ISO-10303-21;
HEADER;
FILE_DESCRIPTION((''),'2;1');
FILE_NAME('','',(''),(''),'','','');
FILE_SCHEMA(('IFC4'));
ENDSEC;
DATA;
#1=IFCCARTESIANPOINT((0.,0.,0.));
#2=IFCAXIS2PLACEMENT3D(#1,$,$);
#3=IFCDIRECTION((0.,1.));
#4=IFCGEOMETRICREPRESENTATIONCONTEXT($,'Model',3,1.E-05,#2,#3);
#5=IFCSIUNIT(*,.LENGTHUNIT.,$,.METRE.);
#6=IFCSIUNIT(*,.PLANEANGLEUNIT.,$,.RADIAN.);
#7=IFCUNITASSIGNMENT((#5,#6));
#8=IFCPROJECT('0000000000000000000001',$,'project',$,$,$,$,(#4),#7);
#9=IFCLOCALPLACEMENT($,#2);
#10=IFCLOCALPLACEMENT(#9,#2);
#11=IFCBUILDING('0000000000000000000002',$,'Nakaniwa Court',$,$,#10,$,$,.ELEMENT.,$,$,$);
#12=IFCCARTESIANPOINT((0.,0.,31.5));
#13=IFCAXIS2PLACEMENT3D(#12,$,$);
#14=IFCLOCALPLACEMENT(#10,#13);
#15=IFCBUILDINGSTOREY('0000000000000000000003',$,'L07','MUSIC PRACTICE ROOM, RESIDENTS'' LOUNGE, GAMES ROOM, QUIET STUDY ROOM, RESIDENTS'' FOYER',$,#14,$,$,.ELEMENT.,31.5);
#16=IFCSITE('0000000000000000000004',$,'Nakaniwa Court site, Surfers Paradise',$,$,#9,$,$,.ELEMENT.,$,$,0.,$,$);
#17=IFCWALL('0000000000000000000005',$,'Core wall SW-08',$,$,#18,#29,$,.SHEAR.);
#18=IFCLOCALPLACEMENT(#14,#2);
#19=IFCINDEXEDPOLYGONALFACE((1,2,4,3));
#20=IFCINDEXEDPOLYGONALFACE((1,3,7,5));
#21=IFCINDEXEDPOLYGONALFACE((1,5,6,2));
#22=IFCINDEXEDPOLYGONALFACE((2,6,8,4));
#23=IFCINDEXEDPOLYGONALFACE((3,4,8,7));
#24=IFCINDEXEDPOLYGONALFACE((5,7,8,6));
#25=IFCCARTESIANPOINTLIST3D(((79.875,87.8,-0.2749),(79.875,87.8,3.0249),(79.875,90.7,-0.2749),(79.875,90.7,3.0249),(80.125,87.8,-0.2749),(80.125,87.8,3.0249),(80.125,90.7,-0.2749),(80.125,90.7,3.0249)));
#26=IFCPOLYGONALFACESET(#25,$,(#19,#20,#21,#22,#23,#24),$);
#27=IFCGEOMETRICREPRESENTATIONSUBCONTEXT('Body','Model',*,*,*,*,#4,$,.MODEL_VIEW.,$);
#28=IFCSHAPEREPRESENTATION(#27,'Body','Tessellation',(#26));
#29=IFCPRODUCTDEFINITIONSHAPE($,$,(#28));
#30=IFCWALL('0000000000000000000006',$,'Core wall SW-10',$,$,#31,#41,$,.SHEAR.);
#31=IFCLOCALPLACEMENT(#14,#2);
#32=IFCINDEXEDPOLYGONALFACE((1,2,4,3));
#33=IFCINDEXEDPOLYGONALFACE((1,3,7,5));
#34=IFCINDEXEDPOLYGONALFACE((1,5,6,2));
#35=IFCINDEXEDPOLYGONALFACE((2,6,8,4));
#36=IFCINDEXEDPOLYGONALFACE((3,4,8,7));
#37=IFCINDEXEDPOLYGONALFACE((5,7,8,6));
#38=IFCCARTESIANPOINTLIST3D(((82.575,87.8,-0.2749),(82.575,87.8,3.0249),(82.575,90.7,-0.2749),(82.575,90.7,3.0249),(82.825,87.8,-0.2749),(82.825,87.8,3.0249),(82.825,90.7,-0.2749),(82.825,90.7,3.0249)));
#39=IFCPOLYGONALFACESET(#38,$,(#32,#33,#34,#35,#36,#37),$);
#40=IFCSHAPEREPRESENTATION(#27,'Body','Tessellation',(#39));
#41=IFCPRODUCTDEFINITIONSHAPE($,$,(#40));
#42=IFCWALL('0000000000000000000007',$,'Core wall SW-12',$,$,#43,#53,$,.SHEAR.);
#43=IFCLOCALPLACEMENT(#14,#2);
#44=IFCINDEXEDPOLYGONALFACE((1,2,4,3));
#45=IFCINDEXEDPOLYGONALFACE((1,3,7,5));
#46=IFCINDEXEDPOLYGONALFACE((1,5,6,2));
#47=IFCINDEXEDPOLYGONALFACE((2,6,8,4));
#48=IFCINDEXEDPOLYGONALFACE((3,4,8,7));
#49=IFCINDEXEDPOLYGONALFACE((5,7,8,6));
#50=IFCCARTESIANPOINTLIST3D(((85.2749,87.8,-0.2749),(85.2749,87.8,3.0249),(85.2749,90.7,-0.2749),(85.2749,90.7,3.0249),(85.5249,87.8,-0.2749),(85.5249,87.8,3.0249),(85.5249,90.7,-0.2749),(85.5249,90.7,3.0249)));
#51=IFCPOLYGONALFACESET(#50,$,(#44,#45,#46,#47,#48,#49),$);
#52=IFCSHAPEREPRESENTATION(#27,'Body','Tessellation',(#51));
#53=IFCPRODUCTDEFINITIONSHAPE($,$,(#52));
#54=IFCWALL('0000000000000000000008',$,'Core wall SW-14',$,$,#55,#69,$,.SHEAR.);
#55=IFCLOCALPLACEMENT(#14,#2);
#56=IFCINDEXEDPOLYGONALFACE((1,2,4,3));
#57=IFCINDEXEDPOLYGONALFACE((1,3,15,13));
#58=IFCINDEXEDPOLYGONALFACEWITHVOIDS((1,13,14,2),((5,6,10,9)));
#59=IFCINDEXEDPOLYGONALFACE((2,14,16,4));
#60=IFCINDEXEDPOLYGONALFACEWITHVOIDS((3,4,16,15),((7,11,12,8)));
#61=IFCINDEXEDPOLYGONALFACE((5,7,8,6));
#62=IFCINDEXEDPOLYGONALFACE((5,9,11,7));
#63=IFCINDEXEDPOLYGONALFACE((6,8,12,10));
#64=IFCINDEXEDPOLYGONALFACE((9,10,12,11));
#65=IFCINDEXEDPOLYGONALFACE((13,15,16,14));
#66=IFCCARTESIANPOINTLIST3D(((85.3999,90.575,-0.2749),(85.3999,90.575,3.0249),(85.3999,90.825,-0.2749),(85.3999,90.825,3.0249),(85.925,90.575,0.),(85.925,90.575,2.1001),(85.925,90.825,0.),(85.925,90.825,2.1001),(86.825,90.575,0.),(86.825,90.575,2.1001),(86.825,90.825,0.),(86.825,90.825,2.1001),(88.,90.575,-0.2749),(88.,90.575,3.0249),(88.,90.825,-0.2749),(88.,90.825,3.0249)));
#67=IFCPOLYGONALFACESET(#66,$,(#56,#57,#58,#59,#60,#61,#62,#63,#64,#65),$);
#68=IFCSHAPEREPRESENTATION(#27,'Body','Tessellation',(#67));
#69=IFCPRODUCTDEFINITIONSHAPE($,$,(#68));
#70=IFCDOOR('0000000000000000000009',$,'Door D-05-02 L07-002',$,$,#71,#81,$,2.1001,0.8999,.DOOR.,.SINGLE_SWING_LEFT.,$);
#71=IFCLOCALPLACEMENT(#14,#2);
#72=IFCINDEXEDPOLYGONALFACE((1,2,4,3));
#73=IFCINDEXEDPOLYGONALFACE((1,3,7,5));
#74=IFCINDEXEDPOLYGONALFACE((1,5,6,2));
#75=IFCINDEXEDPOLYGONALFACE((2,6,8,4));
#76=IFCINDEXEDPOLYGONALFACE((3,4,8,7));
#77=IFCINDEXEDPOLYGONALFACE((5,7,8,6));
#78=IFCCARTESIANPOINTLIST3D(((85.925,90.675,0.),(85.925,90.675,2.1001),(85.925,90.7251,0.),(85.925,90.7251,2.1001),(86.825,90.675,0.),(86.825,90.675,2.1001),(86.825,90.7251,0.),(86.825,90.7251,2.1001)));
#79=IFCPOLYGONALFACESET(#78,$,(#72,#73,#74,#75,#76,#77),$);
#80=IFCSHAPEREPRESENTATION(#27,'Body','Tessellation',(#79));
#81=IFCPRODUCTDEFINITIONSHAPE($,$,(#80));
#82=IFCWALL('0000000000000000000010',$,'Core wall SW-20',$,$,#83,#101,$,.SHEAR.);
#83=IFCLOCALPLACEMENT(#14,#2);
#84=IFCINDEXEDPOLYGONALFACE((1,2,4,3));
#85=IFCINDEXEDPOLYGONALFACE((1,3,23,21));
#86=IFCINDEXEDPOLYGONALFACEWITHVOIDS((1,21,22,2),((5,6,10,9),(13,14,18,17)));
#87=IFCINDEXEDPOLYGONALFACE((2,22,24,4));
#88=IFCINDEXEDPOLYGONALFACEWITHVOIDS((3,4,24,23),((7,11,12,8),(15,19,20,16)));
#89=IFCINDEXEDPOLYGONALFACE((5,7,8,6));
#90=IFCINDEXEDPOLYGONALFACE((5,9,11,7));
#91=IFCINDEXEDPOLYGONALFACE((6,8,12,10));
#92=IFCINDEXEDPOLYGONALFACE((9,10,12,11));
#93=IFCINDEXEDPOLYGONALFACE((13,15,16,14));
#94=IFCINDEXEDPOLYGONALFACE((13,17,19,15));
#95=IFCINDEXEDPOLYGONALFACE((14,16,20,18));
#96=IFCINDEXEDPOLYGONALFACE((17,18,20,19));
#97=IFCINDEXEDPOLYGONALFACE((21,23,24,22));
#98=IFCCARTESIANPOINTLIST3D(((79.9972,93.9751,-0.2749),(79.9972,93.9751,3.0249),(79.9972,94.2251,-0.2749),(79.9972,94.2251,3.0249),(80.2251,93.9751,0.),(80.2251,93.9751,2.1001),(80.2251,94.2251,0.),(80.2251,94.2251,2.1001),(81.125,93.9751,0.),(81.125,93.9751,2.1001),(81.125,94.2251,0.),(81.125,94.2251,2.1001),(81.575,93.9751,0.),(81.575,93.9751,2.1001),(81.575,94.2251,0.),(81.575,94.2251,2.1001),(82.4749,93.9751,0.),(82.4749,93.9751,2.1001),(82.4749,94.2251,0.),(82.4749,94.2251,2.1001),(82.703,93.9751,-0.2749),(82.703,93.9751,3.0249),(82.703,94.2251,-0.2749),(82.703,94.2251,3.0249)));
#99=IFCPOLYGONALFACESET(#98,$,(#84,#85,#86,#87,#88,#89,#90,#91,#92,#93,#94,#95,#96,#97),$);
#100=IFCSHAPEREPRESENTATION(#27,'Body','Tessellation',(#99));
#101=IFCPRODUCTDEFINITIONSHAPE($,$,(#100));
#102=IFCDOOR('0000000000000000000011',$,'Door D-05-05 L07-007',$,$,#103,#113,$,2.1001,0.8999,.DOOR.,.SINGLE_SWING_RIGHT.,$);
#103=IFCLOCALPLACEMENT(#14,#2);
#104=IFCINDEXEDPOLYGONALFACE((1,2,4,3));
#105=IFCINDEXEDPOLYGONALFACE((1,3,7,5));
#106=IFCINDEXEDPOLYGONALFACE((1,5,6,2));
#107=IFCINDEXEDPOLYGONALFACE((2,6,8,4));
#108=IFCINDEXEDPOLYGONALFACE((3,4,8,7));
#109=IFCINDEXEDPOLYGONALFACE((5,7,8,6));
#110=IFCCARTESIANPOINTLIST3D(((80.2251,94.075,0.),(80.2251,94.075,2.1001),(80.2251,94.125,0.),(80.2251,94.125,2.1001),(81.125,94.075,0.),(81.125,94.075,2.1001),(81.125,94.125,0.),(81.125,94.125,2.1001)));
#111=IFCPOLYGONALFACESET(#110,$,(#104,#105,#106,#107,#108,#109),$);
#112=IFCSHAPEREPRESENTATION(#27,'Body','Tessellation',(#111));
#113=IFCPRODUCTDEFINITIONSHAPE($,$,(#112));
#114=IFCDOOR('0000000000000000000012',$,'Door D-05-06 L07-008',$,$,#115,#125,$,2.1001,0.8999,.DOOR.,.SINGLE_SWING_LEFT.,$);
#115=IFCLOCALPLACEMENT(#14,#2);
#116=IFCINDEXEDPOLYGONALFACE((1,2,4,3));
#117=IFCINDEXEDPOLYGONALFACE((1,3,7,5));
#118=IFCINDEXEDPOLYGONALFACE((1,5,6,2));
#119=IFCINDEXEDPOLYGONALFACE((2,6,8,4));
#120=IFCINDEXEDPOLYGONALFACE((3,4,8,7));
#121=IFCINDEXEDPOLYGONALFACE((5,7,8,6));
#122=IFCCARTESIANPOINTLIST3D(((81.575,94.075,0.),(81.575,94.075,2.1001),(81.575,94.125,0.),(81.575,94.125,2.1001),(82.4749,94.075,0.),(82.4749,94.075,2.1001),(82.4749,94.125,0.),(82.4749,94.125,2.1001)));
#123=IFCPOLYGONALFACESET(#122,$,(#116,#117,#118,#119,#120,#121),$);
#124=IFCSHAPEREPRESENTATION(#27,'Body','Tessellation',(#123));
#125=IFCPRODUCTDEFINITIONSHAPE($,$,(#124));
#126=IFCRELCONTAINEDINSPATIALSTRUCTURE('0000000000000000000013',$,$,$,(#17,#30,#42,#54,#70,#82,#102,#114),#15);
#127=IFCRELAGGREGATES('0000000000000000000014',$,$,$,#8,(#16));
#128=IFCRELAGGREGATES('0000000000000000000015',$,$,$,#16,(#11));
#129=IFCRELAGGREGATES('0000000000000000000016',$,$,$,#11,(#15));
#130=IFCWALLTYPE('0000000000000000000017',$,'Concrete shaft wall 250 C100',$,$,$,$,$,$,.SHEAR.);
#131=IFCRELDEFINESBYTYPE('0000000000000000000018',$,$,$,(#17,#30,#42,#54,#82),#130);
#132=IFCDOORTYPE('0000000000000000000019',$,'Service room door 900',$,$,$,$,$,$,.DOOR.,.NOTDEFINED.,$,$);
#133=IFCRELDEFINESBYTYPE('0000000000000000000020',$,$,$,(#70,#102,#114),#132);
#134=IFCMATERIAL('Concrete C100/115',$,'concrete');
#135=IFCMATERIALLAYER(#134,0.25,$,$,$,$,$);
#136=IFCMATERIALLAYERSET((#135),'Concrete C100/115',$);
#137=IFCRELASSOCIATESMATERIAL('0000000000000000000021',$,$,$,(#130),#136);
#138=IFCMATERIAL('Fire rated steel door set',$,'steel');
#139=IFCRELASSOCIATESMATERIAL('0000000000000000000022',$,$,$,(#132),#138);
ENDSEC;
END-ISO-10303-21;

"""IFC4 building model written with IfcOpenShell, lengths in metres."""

from ifc_helpers import new_model, si_unit, direction, frame, frame_2d, origin, place, context, subcontext, project, spatial, rectangle, extrude, material, layer, layer_set, type_object, element, fill, save


model = new_model("IFC4")

# Units and contexts
model_context = context("Model", 3, precision=1e-05, world=origin(), true_north=direction((0.0, 1.0)))
body_context = subcontext(model_context, "Body", "Model", "MODEL_VIEW")
ifc_project = project(units=[si_unit("LENGTHUNIT", "METRE"), si_unit("PLANEANGLEUNIT", "RADIAN")], contexts=[model_context])

# Site, building, storey
site_placement = place(None, origin())
site = spatial("IfcSite", under=ifc_project, at=site_placement, Name="Nakaniwa Court site, Surfers Paradise", CompositionType="ELEMENT", RefElevation=0.0)
building_placement = place(site_placement, origin())
building = spatial("IfcBuilding", under=site, at=building_placement, Name="Nakaniwa Court", CompositionType="ELEMENT")
storey_placement = place(building_placement, frame((0.0, 0.0, 31.5)))
storey = spatial("IfcBuildingStorey", under=building, at=storey_placement, Name="L07", Description="MUSIC PRACTICE ROOM, RESIDENTS' LOUNGE, GAMES ROOM, QUIET STUDY ROOM, RESIDENTS' FOYER", CompositionType="ELEMENT", Elevation=31.5)

# Shared definitions
ifc_material_1 = material(Name="Concrete C100/115", Category="concrete")

# Walls
ifc_layer_1 = layer(ifc_material_1, 0.25)
ifc_layer_set_1 = layer_set([ifc_layer_1], Name="Concrete C100/115")
wall_type_1 = type_object("IfcWallType", Name="Concrete shaft wall 250 C100", PredefinedType="SHEAR", material=ifc_layer_set_1)
for number, where, z_axis, x_axis, name in (
    (1, (80.0, 87.8, -0.2749), (0.0, 0.0, 1.0), (0.0, 1.0, 0.0), "Core wall SW-08"),
    (2, (82.7, 87.8, -0.2749), (0.0, 0.0, 1.0), (0.0, 1.0, 0.0), "Core wall SW-10"),
    (3, (85.3999, 87.8, -0.2749), (0.0, 0.0, 1.0), (0.0, 1.0, 0.0), "Core wall SW-12"),
):
    element("IfcWall", number, at=place(storey_placement, frame(where, z_axis=z_axis, x_axis=x_axis)), inside=storey, type_object=wall_type_1, Name=name, PredefinedType="SHEAR", context=body_context, shape_type="SweptSolid", body=[
        extrude(rectangle(XDim=2.8999, YDim=0.25, at=frame_2d((1.45, 0.0))), origin(), (0.0, 0.0, 1.0), 3.2998),
    ])

# Wall, opening, door
wall_1_placement = place(storey_placement, frame((88.0, 90.7, -0.2749), z_axis=(0.0, 0.0, 1.0), x_axis=(-1.0, 0.0, 0.0)))
wall_1 = element("IfcWall", 4, at=wall_1_placement, inside=storey, type_object=wall_type_1, Name="Core wall SW-14", PredefinedType="SHEAR", context=body_context, shape_type="SweptSolid", body=[
    extrude(rectangle(XDim=2.6001, YDim=0.25, at=frame_2d((1.3, 0.0))), origin(), (0.0, 0.0, 1.0), 3.2998),
])
opening_1_placement = place(wall_1_placement, frame((1.175, 0.0, 0.2749)))
opening_1 = element("IfcOpeningElement", 5, at=opening_1_placement, cuts=wall_1, PredefinedType="OPENING", context=body_context, shape_type="SweptSolid", body=[
    extrude(rectangle(XDim=0.8999, YDim=2.1001, at=frame_2d((0.45, 1.05))), frame((0.0, 0.135, 0.0), z_axis=(0.0, -1.0, 0.0), x_axis=(1.0, 0.0, 0.0)), (0.0, 0.0, 1.0), 0.27),
])
ifc_material_2 = material(Name="Fire rated steel door set", Category="steel")
door_type = type_object("IfcDoorType", Name="Service room door 900", OperationType="NOTDEFINED", PredefinedType="DOOR", material=ifc_material_2)
door_1_placement = place(opening_1_placement, origin())
door_1 = element("IfcDoor", 6, at=door_1_placement, inside=storey, type_object=door_type, Name="Door D-05-02 L07-002", OperationType="SINGLE_SWING_LEFT", OverallHeight=2.1001, OverallWidth=0.8999, PredefinedType="DOOR", context=body_context, shape_type="SweptSolid", body=[
    extrude(rectangle(XDim=0.8999, YDim=2.1001, at=frame_2d((0.45, 1.05))), frame((0.0, 0.0249, 0.0), z_axis=(0.0, -1.0, 0.0), x_axis=(1.0, 0.0, 0.0)), (0.0, 0.0, 1.0), 0.05),
])
fill(opening_1, door_1)

# Wall, openings, doors
wall_2_placement = place(storey_placement, frame((79.9971, 94.1001, -0.2749), z_axis=(0.0, 0.0, 1.0), x_axis=(1.0, 0.0, 0.0)))
wall_2 = element("IfcWall", 7, at=wall_2_placement, inside=storey, type_object=wall_type_1, Name="Core wall SW-20", PredefinedType="SHEAR", context=body_context, shape_type="SweptSolid", body=[
    extrude(rectangle(XDim=2.7058, YDim=0.25, at=frame_2d((1.353, 0.0))), origin(), (0.0, 0.0, 1.0), 3.2998),
])
opening_2_placement = place(wall_2_placement, frame((0.228, 0.0, 0.2749)))
opening_2 = element("IfcOpeningElement", 8, at=opening_2_placement, cuts=wall_2, PredefinedType="OPENING", context=body_context, shape_type="SweptSolid", body=[
    extrude(rectangle(XDim=0.8999, YDim=2.1001, at=frame_2d((0.45, 1.05))), frame((0.0, 0.135, 0.0), z_axis=(0.0, -1.0, 0.0), x_axis=(1.0, 0.0, 0.0)), (0.0, 0.0, 1.0), 0.27),
])
opening_3_placement = place(wall_2_placement, frame((1.5779, 0.0, 0.2749)))
opening_3 = element("IfcOpeningElement", 9, at=opening_3_placement, cuts=wall_2, PredefinedType="OPENING", context=body_context, shape_type="SweptSolid", body=[
    extrude(rectangle(XDim=0.8999, YDim=2.1001, at=frame_2d((0.45, 1.05))), frame((0.0, 0.135, 0.0), z_axis=(0.0, -1.0, 0.0), x_axis=(1.0, 0.0, 0.0)), (0.0, 0.0, 1.0), 0.27),
])
door_2_placement = place(opening_2_placement, origin())
door_2 = element("IfcDoor", 10, at=door_2_placement, inside=storey, type_object=door_type, Name="Door D-05-05 L07-007", OperationType="SINGLE_SWING_RIGHT", OverallHeight=2.1001, OverallWidth=0.8999, PredefinedType="DOOR", context=body_context, shape_type="SweptSolid", body=[
    extrude(rectangle(XDim=0.8999, YDim=2.1001, at=frame_2d((0.45, 1.05))), frame((0.0, 0.0249, 0.0), z_axis=(0.0, -1.0, 0.0), x_axis=(1.0, 0.0, 0.0)), (0.0, 0.0, 1.0), 0.05),
])
fill(opening_2, door_2)
door_3_placement = place(opening_3_placement, origin())
door_3 = element("IfcDoor", 11, at=door_3_placement, inside=storey, type_object=door_type, Name="Door D-05-06 L07-008", OperationType="SINGLE_SWING_LEFT", OverallHeight=2.1001, OverallWidth=0.8999, PredefinedType="DOOR", context=body_context, shape_type="SweptSolid", body=[
    extrude(rectangle(XDim=0.8999, YDim=2.1001, at=frame_2d((0.45, 1.05))), frame((0.0, 0.0249, 0.0), z_axis=(0.0, -1.0, 0.0), x_axis=(1.0, 0.0, 0.0)), (0.0, 0.0, 1.0), 0.05),
])
fill(opening_3, door_3)

save(model, "model.ifc")
